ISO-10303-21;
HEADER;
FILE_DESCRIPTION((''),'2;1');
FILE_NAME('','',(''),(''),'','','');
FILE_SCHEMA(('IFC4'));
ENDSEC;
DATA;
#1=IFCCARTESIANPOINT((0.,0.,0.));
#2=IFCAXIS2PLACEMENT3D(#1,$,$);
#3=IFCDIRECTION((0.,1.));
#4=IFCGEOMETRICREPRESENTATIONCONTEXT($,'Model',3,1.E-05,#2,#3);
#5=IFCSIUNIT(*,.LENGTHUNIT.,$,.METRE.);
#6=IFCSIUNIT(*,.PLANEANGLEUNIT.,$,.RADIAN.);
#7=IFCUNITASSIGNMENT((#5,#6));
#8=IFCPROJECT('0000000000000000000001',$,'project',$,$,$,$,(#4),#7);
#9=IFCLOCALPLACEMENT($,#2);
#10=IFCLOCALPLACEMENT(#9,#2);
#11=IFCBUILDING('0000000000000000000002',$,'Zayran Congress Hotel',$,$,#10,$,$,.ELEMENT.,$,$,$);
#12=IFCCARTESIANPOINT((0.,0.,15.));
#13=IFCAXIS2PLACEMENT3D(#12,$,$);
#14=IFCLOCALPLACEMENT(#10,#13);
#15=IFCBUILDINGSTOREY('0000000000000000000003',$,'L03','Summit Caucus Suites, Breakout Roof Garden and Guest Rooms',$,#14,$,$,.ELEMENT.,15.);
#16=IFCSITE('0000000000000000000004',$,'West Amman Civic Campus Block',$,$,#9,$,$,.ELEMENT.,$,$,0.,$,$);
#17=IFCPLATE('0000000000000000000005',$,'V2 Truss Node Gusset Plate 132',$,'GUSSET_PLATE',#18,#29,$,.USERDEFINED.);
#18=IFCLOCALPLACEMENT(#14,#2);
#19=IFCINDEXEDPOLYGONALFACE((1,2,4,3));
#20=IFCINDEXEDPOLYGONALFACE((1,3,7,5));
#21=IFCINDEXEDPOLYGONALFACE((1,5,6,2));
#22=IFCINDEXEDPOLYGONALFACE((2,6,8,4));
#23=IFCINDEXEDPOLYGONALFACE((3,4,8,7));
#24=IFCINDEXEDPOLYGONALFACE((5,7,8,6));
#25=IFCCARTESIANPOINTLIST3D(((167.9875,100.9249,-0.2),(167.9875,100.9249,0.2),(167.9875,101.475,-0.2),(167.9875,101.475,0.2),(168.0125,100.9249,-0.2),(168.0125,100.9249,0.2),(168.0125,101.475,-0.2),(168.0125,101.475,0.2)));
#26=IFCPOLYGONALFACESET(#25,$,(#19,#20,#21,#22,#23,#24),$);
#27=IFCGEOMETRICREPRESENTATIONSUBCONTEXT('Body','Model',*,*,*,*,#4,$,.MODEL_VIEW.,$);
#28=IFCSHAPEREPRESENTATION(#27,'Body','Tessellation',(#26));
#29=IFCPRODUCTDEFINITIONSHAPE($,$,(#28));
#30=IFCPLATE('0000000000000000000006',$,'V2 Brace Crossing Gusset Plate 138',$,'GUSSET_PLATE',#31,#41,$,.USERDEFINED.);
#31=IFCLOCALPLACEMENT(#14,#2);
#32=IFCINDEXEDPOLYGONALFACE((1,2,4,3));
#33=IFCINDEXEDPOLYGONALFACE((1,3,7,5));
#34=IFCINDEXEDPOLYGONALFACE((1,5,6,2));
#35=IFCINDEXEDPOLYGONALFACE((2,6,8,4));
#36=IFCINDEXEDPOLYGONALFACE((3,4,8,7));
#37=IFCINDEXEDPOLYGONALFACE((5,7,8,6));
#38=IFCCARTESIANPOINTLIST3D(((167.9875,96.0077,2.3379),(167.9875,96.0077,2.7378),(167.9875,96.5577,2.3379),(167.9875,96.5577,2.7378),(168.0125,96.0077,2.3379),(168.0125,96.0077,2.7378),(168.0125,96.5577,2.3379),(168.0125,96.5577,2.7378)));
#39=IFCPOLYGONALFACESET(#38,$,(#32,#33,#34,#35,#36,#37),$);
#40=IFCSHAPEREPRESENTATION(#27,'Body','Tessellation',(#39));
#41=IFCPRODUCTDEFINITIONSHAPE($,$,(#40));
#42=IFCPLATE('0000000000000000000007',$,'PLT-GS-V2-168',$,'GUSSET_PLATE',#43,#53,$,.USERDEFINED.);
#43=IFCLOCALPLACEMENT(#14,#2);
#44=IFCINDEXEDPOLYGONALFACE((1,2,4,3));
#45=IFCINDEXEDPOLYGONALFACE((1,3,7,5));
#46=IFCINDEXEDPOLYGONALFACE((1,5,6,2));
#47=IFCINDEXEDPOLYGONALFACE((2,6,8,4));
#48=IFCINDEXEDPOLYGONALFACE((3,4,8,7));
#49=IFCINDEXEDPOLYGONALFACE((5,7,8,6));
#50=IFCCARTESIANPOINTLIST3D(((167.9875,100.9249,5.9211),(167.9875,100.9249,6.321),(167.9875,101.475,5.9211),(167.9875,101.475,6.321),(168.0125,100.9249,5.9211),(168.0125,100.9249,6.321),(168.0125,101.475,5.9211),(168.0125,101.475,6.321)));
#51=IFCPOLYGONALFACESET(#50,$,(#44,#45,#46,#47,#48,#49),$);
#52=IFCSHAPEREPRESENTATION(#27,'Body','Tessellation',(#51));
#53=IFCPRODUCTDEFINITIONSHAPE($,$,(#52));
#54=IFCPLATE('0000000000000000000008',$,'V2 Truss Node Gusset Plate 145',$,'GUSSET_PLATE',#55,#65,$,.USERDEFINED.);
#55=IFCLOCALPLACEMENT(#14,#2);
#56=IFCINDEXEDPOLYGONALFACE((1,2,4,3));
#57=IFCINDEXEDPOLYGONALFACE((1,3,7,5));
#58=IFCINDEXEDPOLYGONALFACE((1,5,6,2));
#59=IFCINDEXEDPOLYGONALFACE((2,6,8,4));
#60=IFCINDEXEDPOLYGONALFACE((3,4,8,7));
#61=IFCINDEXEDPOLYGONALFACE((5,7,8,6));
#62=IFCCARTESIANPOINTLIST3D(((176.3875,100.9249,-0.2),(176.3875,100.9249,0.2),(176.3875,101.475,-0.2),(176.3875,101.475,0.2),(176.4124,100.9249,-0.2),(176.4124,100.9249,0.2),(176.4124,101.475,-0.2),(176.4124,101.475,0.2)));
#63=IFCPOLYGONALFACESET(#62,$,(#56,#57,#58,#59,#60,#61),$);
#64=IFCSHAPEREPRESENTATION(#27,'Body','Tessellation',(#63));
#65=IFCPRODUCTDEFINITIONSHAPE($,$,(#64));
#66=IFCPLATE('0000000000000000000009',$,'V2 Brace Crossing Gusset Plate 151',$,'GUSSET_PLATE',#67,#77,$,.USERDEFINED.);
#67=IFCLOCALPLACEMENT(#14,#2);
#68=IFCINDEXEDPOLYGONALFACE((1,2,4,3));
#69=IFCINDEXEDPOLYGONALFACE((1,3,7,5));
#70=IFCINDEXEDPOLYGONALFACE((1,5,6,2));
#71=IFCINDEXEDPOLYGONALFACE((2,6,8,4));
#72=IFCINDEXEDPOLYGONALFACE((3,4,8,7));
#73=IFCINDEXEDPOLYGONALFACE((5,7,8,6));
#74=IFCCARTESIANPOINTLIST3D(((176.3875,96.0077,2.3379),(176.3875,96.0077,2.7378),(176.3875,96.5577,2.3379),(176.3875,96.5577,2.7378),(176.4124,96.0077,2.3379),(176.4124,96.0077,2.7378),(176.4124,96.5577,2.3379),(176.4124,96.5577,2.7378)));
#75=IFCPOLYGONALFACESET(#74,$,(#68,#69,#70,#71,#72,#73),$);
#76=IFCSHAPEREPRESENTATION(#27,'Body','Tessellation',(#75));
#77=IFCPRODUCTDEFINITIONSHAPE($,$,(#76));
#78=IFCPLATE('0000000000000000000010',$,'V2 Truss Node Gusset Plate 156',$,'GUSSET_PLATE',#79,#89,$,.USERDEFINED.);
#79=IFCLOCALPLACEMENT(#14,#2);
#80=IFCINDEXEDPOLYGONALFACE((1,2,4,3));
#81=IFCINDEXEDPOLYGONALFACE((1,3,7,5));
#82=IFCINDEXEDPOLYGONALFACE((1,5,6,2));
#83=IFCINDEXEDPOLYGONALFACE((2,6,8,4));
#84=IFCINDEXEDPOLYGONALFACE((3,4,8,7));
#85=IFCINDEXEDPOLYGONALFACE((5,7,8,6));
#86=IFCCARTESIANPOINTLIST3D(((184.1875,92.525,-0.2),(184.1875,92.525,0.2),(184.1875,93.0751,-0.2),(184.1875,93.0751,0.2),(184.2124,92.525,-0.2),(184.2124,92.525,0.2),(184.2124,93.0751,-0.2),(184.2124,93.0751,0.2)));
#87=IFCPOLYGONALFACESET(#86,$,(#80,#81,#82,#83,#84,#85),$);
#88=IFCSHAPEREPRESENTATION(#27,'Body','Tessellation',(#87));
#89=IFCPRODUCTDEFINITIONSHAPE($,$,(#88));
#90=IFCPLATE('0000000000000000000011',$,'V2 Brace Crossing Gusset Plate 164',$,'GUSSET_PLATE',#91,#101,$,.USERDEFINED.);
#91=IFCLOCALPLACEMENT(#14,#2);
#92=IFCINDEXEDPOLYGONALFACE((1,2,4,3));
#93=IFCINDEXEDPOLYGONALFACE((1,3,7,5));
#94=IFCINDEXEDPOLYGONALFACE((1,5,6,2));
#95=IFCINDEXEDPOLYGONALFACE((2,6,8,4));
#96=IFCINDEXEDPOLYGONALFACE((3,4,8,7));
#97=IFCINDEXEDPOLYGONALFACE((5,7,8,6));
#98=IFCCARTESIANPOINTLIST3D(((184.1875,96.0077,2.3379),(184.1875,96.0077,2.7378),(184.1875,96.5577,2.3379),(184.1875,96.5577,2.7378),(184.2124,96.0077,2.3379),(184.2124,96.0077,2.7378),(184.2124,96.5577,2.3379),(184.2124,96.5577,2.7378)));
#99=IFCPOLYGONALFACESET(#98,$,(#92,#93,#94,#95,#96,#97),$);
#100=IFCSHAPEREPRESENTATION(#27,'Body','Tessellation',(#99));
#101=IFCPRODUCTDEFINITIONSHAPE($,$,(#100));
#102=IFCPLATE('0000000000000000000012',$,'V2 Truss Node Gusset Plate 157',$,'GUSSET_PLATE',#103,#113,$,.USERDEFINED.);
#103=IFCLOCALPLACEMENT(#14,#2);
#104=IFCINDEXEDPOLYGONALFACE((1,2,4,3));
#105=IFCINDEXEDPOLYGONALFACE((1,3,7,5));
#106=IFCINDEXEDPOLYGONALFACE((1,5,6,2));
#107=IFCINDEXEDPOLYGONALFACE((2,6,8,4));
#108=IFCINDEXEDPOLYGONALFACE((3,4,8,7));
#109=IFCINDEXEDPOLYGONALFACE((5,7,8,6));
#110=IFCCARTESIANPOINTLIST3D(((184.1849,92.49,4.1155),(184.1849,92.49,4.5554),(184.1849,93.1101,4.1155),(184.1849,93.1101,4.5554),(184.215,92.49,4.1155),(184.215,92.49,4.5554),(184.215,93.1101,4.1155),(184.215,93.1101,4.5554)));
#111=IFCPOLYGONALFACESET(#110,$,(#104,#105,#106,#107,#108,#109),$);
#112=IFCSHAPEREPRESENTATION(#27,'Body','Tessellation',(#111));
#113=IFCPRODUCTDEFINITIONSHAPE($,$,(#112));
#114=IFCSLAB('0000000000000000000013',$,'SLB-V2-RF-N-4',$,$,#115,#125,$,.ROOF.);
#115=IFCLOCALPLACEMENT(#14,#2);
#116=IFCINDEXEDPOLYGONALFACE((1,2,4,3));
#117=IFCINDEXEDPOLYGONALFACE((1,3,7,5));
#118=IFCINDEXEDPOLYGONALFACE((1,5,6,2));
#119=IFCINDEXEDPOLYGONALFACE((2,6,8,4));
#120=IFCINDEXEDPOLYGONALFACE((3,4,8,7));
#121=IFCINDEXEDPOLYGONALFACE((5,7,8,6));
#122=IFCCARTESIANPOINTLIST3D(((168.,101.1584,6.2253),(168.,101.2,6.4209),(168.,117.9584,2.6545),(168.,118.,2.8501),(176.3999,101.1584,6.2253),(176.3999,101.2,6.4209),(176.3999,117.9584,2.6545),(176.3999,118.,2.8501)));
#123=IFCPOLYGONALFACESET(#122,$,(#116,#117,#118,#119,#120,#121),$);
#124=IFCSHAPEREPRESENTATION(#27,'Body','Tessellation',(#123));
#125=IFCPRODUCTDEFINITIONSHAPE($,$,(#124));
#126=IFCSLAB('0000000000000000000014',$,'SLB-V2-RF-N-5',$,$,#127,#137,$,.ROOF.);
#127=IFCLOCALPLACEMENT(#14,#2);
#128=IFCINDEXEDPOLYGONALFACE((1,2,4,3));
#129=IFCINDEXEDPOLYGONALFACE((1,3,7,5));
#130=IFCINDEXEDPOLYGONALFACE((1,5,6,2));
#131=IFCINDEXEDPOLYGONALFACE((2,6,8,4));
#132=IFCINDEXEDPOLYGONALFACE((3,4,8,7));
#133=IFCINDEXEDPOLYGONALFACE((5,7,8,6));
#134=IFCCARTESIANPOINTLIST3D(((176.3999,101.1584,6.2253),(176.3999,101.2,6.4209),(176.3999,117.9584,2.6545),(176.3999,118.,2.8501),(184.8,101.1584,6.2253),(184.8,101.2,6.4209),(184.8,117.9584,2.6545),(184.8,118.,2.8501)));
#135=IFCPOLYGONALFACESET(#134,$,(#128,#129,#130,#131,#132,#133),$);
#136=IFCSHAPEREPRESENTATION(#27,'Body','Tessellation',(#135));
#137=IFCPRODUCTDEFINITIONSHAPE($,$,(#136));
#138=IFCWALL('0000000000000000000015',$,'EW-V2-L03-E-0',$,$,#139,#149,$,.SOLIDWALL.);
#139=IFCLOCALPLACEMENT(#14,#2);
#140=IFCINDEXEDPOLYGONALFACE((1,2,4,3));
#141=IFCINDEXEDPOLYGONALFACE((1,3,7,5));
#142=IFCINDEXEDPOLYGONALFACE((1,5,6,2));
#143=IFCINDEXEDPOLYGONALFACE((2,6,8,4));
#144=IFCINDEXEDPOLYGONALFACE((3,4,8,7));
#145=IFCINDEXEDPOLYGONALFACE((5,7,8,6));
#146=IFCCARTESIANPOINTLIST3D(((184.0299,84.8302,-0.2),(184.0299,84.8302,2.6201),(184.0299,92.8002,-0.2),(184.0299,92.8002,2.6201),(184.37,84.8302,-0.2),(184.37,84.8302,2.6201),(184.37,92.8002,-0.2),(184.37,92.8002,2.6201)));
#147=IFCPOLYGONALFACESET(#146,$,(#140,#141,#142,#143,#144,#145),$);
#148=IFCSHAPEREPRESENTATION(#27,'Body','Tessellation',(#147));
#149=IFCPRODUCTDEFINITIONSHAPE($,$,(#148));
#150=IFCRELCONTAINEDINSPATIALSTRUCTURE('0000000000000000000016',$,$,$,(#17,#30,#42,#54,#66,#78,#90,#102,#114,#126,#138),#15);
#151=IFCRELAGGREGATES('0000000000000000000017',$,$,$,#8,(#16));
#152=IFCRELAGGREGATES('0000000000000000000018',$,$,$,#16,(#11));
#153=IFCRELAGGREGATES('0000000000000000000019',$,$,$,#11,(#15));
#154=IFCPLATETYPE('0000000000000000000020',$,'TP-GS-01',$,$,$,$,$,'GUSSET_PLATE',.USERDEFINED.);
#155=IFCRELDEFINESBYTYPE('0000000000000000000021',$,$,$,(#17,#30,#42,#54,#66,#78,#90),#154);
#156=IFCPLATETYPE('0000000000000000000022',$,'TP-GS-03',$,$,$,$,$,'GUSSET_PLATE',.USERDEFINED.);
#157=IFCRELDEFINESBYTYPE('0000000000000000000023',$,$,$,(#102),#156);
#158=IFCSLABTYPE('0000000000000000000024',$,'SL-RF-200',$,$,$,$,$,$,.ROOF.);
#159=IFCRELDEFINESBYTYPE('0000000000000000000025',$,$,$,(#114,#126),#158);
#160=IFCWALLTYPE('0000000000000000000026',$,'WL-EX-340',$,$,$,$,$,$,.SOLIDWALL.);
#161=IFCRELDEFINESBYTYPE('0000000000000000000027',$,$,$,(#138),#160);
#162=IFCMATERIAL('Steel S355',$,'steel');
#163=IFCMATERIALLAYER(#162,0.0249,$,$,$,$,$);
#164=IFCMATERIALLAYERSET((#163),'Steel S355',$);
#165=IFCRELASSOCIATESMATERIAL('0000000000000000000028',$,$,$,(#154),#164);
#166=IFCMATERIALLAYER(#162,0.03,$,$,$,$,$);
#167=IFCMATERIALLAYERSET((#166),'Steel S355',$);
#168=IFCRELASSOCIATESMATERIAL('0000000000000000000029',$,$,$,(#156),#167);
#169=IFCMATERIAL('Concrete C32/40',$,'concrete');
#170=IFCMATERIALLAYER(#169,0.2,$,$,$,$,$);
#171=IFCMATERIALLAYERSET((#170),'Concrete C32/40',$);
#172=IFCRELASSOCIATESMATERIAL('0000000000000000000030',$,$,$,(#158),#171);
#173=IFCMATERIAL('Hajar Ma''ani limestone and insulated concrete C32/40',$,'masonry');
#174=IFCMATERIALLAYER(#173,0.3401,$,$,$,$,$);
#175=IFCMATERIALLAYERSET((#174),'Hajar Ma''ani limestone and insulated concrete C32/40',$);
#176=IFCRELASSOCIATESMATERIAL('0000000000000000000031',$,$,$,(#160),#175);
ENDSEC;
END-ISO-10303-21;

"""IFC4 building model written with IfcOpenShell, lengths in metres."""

from ifc_helpers import new_model, si_unit, direction, frame, frame_2d, origin, origin_2d, place, context, subcontext, project, spatial, polyline, rectangle, outline, extrude, material, layer, layer_set, type_object, element, save


model = new_model("IFC4")

# Units and contexts
model_context = context("Model", 3, precision=1e-05, world=origin(), true_north=direction((0.0, 1.0)))
body_context = subcontext(model_context, "Body", "Model", "MODEL_VIEW")
ifc_project = project(units=[si_unit("LENGTHUNIT", "METRE"), si_unit("PLANEANGLEUNIT", "RADIAN")], contexts=[model_context])

# Site, building, storey
site_placement = place(None, origin())
site = spatial("IfcSite", under=ifc_project, at=site_placement, Name="West Amman Civic Campus Block", CompositionType="ELEMENT", RefElevation=0.0)
building_placement = place(site_placement, origin())
building = spatial("IfcBuilding", under=site, at=building_placement, Name="Zayran Congress Hotel", CompositionType="ELEMENT")
storey_placement = place(building_placement, frame((0.0, 0.0, 15.0)))
storey = spatial("IfcBuildingStorey", under=building, at=storey_placement, Name="L03", Description="Summit Caucus Suites, Breakout Roof Garden and Guest Rooms", CompositionType="ELEMENT", Elevation=15.0)

# Shared definitions
ifc_material_1 = material(Name="Steel S355", Category="steel")

# Plates
ifc_layer_1 = layer(ifc_material_1, 0.0249)
ifc_layer_set_1 = layer_set([ifc_layer_1], Name="Steel S355")
plate_type_1 = type_object("IfcPlateType", Name="TP-GS-01", ElementType="GUSSET_PLATE", PredefinedType="USERDEFINED", material=ifc_layer_set_1)
for number, where, z_axis, x_axis, name in (
    (1, (168.0, 101.2, -0.2), (0.0, 0.0, 1.0), (0.0, 1.0, 0.0), "V2 Truss Node Gusset Plate 132"),
    (2, (168.0, 96.2827, 2.3379), (0.0, 0.0, 1.0), (0.0, 1.0, 0.0), "V2 Brace Crossing Gusset Plate 138"),
    (3, (168.0, 101.2, 5.9211), (0.0, 0.0, 1.0), (0.0, 1.0, 0.0), "PLT-GS-V2-168"),
    (4, (176.3999, 101.2, -0.2), (0.0, 0.0, 1.0), (0.0, 1.0, 0.0), "V2 Truss Node Gusset Plate 145"),
    (5, (176.3999, 96.2827, 2.3379), (0.0, 0.0, 1.0), (0.0, 1.0, 0.0), "V2 Brace Crossing Gusset Plate 151"),
    (6, (184.2, 92.8, -0.2), (0.0, 0.0, 1.0), (0.0, 1.0, 0.0), "V2 Truss Node Gusset Plate 156"),
    (7, (184.2, 96.2827, 2.3379), (0.0, 0.0, 1.0), (0.0, 1.0, 0.0), "V2 Brace Crossing Gusset Plate 164"),
):
    element("IfcPlate", number, at=place(storey_placement, frame(where, z_axis=z_axis, x_axis=x_axis)), inside=storey, type_object=plate_type_1, Name=name, ObjectType="GUSSET_PLATE", PredefinedType="USERDEFINED", context=body_context, shape_type="SweptSolid", body=[
        extrude(rectangle(XDim=0.55, YDim=0.0249, at=origin_2d()), origin(), (0.0, 0.0, 1.0), 0.3999),
    ])
ifc_layer_2 = layer(ifc_material_1, 0.03)
ifc_layer_set_2 = layer_set([ifc_layer_2], Name="Steel S355")
plate_type_2 = type_object("IfcPlateType", Name="TP-GS-03", ElementType="GUSSET_PLATE", PredefinedType="USERDEFINED", material=ifc_layer_set_2)
plate_placement = place(storey_placement, frame((184.2, 92.8, 4.1155), z_axis=(0.0, 0.0, 1.0), x_axis=(0.0, 1.0, 0.0)))
element("IfcPlate", 8, at=plate_placement, inside=storey, type_object=plate_type_2, Name="V2 Truss Node Gusset Plate 157", ObjectType="GUSSET_PLATE", PredefinedType="USERDEFINED", context=body_context, shape_type="SweptSolid", body=[
    extrude(rectangle(XDim=0.6201, YDim=0.03, at=origin_2d()), origin(), (0.0, 0.0, 1.0), 0.4399),
])

# Slabs
ifc_material_2 = material(Name="Concrete C32/40", Category="concrete")
ifc_layer_3 = layer(ifc_material_2, 0.2)
ifc_layer_set_3 = layer_set([ifc_layer_3], Name="Concrete C32/40")
slab_type = type_object("IfcSlabType", Name="SL-RF-200", PredefinedType="ROOF", material=ifc_layer_set_3)
slab_1_placement = place(storey_placement, frame((168.0, 101.2, 6.4209), z_axis=(0.0, 0.207903, 0.978149), x_axis=(1.0, 0.0, 0.0)))
element("IfcSlab", 9, at=slab_1_placement, inside=storey, type_object=slab_type, Name="SLB-V2-RF-N-4", PredefinedType="ROOF", context=body_context, shape_type="SweptSolid", body=[
    extrude(outline(polyline([(0.0, 0.0), (8.3999, 0.0), (8.3999, 17.1753), (0.0, 17.1753), (0.0, 0.0)])), origin(), (0.0, 0.0, -1.0), 0.2),
])
slab_2_placement = place(storey_placement, frame((176.3999, 101.2, 6.4209), z_axis=(0.0, 0.207903, 0.978149), x_axis=(1.0, 0.0, 0.0)))
element("IfcSlab", 10, at=slab_2_placement, inside=storey, type_object=slab_type, Name="SLB-V2-RF-N-5", PredefinedType="ROOF", context=body_context, shape_type="SweptSolid", body=[
    extrude(outline(polyline([(0.0, 0.0), (8.4001, 0.0), (8.4001, 17.1753), (0.0, 17.1753), (0.0, 0.0)])), origin(), (0.0, 0.0, -1.0), 0.2),
])

# Wall
ifc_material_3 = material(Name="Hajar Ma'ani limestone and insulated concrete C32/40", Category="masonry")
ifc_layer_4 = layer(ifc_material_3, 0.3401)
ifc_layer_set_4 = layer_set([ifc_layer_4], Name="Hajar Ma'ani limestone and insulated concrete C32/40")
wall_type = type_object("IfcWallType", Name="WL-EX-340", PredefinedType="SOLIDWALL", material=ifc_layer_set_4)
wall_placement = place(storey_placement, frame((184.2, 92.8, -0.2), z_axis=(0.0, 0.0, 1.0), x_axis=(0.0, -1.0, 0.0)))
element("IfcWall", 11, at=wall_placement, inside=storey, type_object=wall_type, Name="EW-V2-L03-E-0", PredefinedType="SOLIDWALL", context=body_context, shape_type="SweptSolid", body=[
    extrude(rectangle(XDim=7.97, YDim=0.3401, at=frame_2d((3.9849, 0.0))), origin(), (0.0, 0.0, 1.0), 2.8201),
])

save(model, "model.ifc")
